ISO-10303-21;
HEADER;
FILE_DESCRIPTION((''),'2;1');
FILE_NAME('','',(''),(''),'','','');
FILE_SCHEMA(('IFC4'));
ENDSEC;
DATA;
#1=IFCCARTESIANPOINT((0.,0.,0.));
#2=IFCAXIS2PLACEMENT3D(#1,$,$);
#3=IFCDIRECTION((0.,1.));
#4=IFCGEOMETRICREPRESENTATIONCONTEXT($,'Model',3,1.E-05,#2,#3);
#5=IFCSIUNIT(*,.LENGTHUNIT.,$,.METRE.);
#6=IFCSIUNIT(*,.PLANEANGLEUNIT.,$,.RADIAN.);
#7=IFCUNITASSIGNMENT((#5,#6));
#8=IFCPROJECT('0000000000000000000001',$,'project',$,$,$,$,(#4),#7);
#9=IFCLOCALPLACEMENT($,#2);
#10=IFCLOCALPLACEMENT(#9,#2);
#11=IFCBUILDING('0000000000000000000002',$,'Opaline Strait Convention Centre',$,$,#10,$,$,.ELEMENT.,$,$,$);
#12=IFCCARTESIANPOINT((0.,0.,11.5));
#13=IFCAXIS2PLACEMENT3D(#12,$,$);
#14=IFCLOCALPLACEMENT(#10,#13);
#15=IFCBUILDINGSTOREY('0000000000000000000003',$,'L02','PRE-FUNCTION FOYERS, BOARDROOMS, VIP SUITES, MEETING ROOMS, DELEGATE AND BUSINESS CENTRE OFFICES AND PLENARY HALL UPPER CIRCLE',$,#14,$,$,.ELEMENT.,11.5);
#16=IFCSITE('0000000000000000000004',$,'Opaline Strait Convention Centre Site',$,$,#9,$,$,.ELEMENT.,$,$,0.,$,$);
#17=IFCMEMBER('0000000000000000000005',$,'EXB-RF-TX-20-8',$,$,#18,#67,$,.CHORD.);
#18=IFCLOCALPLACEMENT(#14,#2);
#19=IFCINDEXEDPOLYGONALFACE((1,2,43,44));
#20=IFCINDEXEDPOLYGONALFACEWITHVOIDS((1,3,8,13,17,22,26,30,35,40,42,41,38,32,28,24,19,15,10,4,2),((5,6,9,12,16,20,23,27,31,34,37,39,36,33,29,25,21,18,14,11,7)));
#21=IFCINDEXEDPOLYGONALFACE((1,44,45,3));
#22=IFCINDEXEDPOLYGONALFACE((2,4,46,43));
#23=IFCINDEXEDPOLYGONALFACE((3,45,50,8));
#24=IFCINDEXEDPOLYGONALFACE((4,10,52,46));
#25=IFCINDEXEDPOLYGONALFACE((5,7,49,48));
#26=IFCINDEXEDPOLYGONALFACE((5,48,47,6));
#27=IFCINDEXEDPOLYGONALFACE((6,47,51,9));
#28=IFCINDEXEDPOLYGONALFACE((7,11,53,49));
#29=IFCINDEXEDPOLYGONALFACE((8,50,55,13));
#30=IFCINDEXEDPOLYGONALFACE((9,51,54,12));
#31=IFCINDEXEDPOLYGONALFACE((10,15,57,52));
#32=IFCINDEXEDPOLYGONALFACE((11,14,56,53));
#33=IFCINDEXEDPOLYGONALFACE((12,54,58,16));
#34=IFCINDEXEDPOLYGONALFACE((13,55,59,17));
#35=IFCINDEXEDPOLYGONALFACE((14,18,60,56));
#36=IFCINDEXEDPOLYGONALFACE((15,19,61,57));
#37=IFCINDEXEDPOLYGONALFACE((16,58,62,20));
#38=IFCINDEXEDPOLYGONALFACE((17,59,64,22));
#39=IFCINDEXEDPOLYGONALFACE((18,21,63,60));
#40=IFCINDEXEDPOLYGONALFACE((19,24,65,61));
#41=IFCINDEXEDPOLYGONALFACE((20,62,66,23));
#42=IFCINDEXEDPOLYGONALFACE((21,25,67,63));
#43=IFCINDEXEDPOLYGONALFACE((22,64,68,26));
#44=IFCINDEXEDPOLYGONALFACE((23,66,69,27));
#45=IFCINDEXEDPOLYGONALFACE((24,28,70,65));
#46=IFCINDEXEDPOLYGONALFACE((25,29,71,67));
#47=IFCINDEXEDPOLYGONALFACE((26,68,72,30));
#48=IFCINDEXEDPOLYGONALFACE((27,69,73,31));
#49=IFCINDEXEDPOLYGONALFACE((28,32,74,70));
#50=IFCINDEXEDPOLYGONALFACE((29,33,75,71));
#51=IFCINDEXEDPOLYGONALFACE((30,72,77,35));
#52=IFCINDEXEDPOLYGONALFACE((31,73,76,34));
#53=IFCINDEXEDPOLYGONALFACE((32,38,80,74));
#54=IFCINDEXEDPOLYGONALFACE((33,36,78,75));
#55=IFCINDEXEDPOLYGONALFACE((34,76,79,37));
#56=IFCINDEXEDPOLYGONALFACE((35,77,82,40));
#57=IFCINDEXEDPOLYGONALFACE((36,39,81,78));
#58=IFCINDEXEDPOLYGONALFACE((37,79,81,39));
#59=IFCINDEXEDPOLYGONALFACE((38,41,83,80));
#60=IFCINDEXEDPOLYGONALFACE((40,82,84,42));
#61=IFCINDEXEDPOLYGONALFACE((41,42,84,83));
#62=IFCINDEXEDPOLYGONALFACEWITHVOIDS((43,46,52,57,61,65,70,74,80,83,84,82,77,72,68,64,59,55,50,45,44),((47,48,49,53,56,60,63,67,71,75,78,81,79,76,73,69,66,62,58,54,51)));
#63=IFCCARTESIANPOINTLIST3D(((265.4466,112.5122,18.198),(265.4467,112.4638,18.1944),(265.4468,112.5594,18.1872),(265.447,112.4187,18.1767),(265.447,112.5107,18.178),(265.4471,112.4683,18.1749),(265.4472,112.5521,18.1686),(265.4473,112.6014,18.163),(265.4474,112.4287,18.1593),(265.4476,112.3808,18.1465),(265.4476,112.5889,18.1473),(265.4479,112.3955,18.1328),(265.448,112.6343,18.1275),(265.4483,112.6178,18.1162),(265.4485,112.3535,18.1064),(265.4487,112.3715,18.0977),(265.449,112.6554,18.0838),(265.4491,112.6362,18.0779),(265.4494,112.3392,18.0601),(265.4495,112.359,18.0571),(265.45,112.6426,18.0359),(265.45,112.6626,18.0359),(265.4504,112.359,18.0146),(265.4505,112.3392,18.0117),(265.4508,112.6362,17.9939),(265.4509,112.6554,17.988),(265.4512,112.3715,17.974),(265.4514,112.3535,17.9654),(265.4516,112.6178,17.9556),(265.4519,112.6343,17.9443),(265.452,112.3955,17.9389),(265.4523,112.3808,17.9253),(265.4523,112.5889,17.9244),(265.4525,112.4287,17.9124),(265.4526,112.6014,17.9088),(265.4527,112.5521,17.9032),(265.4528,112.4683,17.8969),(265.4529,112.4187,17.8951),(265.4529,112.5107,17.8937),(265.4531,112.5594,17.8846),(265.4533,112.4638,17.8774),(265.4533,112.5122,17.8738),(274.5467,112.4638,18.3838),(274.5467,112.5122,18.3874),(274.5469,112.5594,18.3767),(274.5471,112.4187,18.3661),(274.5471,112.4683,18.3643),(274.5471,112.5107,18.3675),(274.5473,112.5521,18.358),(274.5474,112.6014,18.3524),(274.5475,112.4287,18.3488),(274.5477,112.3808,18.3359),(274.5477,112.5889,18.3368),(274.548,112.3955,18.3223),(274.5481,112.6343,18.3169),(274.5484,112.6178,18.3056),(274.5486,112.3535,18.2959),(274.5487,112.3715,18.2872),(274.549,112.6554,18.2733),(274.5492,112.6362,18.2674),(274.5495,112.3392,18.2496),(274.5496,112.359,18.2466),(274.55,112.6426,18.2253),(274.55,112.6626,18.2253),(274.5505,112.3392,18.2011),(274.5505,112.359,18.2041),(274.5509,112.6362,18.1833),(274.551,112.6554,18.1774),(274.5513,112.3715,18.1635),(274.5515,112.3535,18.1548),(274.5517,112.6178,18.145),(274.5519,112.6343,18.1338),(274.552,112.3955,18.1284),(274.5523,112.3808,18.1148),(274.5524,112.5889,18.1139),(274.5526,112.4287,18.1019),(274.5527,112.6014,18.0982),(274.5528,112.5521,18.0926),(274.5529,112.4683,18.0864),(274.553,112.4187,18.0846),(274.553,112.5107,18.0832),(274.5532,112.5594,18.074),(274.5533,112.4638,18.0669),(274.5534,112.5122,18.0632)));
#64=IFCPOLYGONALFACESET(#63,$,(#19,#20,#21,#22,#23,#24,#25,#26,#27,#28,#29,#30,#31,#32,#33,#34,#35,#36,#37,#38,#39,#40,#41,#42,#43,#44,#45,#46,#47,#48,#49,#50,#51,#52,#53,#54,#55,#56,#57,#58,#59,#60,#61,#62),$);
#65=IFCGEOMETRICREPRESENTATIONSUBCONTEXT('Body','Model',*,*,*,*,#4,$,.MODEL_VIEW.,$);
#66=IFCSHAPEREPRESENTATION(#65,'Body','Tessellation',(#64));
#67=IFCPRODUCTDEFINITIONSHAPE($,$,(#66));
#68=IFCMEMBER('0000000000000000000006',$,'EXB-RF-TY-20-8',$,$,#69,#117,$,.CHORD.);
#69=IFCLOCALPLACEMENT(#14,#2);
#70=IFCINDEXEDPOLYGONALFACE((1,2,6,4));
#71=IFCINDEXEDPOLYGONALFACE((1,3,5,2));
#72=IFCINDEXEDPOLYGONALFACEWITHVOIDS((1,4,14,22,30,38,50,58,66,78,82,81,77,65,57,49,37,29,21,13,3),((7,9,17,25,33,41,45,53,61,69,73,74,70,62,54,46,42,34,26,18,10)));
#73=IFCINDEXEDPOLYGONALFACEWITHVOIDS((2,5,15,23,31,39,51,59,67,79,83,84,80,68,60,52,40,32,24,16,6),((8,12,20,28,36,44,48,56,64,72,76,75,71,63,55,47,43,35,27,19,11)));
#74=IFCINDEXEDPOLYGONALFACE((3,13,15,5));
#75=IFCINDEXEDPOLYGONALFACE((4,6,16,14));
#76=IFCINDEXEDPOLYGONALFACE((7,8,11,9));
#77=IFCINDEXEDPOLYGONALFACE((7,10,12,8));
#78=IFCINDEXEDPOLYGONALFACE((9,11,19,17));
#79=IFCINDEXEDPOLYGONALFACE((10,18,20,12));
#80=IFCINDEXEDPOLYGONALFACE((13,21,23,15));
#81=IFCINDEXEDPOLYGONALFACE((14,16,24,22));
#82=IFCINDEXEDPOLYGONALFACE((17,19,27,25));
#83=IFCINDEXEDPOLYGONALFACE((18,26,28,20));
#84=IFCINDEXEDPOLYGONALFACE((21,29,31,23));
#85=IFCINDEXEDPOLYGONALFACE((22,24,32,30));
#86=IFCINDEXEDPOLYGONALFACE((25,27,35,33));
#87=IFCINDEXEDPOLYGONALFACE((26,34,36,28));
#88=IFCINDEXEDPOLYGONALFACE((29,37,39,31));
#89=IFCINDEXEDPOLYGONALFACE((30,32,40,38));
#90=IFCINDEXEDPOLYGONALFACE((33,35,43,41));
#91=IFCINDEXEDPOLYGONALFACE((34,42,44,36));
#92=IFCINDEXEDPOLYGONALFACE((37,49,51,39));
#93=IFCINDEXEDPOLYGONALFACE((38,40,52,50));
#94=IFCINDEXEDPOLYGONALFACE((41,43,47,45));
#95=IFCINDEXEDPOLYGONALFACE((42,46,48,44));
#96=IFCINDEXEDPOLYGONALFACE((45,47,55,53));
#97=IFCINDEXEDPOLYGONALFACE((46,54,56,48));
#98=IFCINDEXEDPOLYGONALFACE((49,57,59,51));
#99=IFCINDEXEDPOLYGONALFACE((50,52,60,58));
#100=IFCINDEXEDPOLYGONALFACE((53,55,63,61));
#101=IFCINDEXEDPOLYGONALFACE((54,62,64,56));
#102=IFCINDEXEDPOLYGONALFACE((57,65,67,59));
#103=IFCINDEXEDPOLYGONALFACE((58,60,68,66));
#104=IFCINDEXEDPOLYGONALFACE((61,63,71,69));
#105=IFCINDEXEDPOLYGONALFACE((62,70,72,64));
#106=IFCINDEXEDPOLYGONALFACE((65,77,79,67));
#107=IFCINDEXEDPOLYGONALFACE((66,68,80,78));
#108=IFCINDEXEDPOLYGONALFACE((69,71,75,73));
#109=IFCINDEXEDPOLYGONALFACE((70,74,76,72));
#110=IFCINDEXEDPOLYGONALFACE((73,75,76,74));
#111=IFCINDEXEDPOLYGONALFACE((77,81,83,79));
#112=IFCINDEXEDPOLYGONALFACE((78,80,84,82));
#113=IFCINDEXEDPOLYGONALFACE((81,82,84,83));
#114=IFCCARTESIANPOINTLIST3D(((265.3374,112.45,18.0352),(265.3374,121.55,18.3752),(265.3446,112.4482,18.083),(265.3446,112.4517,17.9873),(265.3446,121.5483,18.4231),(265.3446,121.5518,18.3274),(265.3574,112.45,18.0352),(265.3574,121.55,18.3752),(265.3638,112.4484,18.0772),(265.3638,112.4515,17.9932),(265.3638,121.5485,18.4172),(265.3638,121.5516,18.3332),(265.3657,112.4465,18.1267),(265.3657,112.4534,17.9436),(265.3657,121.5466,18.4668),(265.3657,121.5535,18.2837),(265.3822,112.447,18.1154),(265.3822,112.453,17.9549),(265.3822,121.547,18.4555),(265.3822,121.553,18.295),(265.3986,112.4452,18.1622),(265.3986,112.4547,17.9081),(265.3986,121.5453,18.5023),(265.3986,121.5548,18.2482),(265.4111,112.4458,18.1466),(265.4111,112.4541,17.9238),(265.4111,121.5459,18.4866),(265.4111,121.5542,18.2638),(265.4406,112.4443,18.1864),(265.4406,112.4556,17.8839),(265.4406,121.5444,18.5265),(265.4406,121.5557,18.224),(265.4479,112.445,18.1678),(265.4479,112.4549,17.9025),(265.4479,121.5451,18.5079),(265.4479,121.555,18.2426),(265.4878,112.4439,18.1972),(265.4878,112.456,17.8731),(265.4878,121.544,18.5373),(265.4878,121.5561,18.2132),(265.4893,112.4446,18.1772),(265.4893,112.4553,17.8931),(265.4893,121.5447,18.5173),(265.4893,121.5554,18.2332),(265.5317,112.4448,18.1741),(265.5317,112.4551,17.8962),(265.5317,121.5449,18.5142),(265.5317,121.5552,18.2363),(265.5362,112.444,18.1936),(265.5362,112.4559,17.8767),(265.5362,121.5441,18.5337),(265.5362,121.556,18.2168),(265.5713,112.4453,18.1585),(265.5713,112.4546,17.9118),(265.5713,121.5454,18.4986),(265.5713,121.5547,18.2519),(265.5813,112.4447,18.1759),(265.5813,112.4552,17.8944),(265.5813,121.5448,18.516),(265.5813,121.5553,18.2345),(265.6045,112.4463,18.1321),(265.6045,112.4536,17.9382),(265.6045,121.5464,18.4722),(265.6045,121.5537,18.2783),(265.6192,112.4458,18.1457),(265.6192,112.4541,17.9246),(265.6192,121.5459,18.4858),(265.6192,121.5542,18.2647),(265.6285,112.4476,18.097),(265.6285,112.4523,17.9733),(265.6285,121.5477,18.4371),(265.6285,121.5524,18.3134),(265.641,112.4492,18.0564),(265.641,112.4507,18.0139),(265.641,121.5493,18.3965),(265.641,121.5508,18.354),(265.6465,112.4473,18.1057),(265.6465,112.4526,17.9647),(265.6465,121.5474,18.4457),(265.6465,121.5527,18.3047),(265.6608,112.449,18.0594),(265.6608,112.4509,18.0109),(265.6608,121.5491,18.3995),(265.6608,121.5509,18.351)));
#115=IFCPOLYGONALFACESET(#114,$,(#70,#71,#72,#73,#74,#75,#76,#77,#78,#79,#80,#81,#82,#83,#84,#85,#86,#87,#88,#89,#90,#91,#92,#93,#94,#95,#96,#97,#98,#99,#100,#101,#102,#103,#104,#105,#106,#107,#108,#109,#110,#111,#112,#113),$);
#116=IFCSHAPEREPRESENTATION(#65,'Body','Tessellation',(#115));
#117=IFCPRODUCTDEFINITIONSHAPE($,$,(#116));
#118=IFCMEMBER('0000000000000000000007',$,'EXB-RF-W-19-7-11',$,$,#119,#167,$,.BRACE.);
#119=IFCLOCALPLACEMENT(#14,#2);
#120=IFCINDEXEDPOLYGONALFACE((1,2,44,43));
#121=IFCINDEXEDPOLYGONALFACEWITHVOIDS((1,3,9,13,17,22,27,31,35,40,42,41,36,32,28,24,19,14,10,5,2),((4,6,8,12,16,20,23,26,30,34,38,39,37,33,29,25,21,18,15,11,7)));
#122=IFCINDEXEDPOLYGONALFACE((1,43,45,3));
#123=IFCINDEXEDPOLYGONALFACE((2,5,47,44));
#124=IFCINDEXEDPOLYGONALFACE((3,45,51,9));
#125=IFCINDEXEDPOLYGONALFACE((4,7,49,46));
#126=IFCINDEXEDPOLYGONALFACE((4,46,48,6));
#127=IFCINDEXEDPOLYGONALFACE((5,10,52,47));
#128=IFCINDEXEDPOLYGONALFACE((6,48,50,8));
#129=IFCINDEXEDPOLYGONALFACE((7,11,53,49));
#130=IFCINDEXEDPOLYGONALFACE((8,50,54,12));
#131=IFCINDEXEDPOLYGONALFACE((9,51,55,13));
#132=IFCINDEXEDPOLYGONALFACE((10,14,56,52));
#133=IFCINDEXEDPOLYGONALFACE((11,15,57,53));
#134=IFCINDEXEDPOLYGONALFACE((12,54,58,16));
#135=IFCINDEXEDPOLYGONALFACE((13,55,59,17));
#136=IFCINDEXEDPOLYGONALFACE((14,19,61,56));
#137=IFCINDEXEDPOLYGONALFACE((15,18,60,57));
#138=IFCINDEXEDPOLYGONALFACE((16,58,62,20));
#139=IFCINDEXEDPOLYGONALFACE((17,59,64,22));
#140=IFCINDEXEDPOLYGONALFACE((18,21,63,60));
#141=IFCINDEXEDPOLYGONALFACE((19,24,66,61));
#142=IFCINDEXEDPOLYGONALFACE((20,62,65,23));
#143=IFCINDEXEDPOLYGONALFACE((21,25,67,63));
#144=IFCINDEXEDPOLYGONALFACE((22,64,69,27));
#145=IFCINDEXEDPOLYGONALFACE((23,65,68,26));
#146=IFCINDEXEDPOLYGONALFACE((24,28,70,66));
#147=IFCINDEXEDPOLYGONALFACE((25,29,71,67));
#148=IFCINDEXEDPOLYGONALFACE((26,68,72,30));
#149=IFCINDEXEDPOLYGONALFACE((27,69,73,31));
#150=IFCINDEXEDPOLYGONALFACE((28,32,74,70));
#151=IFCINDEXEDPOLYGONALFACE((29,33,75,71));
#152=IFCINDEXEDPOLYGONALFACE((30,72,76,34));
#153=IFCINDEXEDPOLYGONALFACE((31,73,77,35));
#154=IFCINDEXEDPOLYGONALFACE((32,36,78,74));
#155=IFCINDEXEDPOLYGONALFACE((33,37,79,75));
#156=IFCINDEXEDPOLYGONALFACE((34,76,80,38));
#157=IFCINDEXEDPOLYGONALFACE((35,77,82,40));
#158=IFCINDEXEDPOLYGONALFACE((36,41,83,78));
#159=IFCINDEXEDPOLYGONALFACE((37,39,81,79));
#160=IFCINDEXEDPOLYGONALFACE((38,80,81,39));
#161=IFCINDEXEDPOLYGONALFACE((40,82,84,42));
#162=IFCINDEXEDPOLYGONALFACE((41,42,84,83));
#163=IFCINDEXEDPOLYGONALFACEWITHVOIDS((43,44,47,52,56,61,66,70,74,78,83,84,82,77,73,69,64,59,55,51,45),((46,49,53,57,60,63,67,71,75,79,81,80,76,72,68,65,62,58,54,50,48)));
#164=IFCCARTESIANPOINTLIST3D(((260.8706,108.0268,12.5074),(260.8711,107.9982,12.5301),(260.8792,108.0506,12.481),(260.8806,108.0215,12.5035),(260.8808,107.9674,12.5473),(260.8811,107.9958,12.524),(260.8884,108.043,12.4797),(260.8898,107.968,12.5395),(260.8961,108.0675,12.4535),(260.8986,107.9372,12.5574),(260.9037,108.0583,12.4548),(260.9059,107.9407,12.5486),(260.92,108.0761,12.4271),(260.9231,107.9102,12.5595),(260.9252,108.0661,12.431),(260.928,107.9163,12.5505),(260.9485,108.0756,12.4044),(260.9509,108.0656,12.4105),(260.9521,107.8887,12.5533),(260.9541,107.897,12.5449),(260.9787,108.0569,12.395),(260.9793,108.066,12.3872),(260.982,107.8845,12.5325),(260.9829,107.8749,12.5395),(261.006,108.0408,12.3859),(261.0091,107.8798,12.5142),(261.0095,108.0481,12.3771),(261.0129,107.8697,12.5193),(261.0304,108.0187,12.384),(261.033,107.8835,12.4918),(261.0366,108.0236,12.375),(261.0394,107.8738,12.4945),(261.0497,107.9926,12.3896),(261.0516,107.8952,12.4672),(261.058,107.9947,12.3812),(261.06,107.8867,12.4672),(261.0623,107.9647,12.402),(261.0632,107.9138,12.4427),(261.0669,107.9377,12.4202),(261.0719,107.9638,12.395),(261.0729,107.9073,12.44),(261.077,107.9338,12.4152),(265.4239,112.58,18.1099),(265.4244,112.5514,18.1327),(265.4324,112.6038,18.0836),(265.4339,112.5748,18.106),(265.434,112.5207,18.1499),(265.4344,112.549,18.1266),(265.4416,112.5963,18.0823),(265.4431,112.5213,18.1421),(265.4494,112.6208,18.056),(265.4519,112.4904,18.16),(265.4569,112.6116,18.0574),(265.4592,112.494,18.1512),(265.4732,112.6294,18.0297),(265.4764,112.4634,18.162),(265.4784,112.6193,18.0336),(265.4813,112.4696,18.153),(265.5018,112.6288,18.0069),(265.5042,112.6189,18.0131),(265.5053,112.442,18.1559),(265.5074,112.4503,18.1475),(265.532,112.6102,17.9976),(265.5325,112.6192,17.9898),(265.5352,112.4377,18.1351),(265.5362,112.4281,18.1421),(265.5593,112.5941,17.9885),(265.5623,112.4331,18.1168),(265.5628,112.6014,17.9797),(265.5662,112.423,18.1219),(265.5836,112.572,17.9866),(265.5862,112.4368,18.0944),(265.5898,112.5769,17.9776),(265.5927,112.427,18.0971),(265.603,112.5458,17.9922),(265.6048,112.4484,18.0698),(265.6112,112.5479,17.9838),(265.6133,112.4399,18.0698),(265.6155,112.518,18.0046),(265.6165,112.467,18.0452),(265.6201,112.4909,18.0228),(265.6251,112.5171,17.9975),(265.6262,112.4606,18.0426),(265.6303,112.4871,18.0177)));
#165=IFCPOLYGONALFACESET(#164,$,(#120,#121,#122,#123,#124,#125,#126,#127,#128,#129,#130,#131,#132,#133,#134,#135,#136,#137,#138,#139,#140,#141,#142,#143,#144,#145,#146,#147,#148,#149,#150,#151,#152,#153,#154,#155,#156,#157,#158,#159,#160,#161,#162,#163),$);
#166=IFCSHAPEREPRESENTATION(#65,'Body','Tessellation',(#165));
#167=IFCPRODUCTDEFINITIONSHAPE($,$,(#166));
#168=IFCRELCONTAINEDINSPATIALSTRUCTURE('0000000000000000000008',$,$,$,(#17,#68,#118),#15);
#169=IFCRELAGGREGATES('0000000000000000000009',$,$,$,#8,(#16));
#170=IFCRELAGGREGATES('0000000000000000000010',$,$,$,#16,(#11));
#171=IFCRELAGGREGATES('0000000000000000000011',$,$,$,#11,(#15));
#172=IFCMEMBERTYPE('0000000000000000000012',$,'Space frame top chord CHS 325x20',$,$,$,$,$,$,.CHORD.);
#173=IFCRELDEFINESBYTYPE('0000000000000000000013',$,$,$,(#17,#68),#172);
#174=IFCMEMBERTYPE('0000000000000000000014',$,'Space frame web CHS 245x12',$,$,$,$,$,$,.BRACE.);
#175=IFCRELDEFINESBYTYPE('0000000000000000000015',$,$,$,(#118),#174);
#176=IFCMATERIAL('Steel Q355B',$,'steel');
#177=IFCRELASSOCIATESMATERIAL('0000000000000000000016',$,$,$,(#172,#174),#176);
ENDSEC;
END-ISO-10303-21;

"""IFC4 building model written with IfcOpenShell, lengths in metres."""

from ifc_helpers import new_model, si_unit, direction, frame, origin, origin_2d, place, context, subcontext, project, spatial, hollow_circle, extrude, material, material_profile, profile_set, type_object, element, save


model = new_model("IFC4")

# Units and contexts
model_context = context("Model", 3, precision=1e-05, world=origin(), true_north=direction((0.0, 1.0)))
body_context = subcontext(model_context, "Body", "Model", "MODEL_VIEW")
ifc_project = project(units=[si_unit("LENGTHUNIT", "METRE"), si_unit("PLANEANGLEUNIT", "RADIAN")], contexts=[model_context])

# Site, building, storey
site_placement = place(None, origin())
site = spatial("IfcSite", under=ifc_project, at=site_placement, Name="Opaline Strait Convention Centre Site", CompositionType="ELEMENT", RefElevation=0.0)
building_placement = place(site_placement, origin())
building = spatial("IfcBuilding", under=site, at=building_placement, Name="Opaline Strait Convention Centre", CompositionType="ELEMENT")
storey_placement = place(building_placement, frame((0.0, 0.0, 11.5)))
storey = spatial("IfcBuildingStorey", under=building, at=storey_placement, Name="L02", Description="PRE-FUNCTION FOYERS, BOARDROOMS, VIP SUITES, MEETING ROOMS, DELEGATE AND BUSINESS CENTRE OFFICES AND PLENARY HALL UPPER CIRCLE", CompositionType="ELEMENT", Elevation=11.5)

# Members
ifc_material_1 = material(Name="Steel Q355B", Category="steel")
ifc_material_profile_1 = material_profile(ifc_material_1, hollow_circle(Radius=0.1626, WallThickness=0.02, at=origin_2d()), Name="CHS 325x20")
ifc_profile_set_1 = profile_set([ifc_material_profile_1], Name="Steel Q355B")
member_type_1 = type_object("IfcMemberType", Name="Space frame top chord CHS 325x20", PredefinedType="CHORD", material=ifc_profile_set_1)
member_1_placement = place(storey_placement, frame((265.45, 112.5, 18.0359), z_axis=(0.999783, 0.0, 0.020814), x_axis=(0.0, 1.0, 0.0)))
element("IfcMember", 1, at=member_1_placement, inside=storey, type_object=member_type_1, Name="EXB-RF-TX-20-8", PredefinedType="CHORD", context=body_context, shape_type="SweptSolid", body=[
    extrude(hollow_circle(Radius=0.1626, WallThickness=0.02, at=origin_2d()), origin(), (0.0, 0.0, 1.0), 9.1021),
])
member_2_placement = place(storey_placement, frame((265.5, 112.45, 18.0352), z_axis=(0.0, 0.999302, 0.037346), x_axis=(-1.0, 0.0, 0.0)))
element("IfcMember", 2, at=member_2_placement, inside=storey, type_object=member_type_1, Name="EXB-RF-TY-20-8", PredefinedType="CHORD", context=body_context, shape_type="SweptSolid", body=[
    extrude(hollow_circle(Radius=0.1626, WallThickness=0.02, at=origin_2d()), origin(), (0.0, 0.0, 1.0), 9.1064),
])
ifc_material_profile_2 = material_profile(ifc_material_1, hollow_circle(Radius=0.1226, WallThickness=0.012, at=origin_2d()), Name="CHS 245x12")
ifc_profile_set_2 = profile_set([ifc_material_profile_2], Name="Steel Q355B")
member_type_2 = type_object("IfcMemberType", Name="Space frame web CHS 245x12", PredefinedType="BRACE", material=ifc_profile_set_2)
for number, where, z_axis, x_axis, name in (
    (3, (265.5266, 112.5266, 18.0698), (-0.533455, -0.533455, -0.656393), (0.707107, -0.707107, 0.0), "EXB-RF-W-19-7-11"),
):
    element("IfcMember", number, at=place(storey_placement, frame(where, z_axis=z_axis, x_axis=x_axis)), inside=storey, type_object=member_type_2, Name=name, PredefinedType="BRACE", context=body_context, shape_type="SweptSolid", body=[
        extrude(hollow_circle(Radius=0.1226, WallThickness=0.012, at=origin_2d()), origin(), (0.0, 0.0, 1.0), 8.5354),
    ])

save(model, "model.ifc")
